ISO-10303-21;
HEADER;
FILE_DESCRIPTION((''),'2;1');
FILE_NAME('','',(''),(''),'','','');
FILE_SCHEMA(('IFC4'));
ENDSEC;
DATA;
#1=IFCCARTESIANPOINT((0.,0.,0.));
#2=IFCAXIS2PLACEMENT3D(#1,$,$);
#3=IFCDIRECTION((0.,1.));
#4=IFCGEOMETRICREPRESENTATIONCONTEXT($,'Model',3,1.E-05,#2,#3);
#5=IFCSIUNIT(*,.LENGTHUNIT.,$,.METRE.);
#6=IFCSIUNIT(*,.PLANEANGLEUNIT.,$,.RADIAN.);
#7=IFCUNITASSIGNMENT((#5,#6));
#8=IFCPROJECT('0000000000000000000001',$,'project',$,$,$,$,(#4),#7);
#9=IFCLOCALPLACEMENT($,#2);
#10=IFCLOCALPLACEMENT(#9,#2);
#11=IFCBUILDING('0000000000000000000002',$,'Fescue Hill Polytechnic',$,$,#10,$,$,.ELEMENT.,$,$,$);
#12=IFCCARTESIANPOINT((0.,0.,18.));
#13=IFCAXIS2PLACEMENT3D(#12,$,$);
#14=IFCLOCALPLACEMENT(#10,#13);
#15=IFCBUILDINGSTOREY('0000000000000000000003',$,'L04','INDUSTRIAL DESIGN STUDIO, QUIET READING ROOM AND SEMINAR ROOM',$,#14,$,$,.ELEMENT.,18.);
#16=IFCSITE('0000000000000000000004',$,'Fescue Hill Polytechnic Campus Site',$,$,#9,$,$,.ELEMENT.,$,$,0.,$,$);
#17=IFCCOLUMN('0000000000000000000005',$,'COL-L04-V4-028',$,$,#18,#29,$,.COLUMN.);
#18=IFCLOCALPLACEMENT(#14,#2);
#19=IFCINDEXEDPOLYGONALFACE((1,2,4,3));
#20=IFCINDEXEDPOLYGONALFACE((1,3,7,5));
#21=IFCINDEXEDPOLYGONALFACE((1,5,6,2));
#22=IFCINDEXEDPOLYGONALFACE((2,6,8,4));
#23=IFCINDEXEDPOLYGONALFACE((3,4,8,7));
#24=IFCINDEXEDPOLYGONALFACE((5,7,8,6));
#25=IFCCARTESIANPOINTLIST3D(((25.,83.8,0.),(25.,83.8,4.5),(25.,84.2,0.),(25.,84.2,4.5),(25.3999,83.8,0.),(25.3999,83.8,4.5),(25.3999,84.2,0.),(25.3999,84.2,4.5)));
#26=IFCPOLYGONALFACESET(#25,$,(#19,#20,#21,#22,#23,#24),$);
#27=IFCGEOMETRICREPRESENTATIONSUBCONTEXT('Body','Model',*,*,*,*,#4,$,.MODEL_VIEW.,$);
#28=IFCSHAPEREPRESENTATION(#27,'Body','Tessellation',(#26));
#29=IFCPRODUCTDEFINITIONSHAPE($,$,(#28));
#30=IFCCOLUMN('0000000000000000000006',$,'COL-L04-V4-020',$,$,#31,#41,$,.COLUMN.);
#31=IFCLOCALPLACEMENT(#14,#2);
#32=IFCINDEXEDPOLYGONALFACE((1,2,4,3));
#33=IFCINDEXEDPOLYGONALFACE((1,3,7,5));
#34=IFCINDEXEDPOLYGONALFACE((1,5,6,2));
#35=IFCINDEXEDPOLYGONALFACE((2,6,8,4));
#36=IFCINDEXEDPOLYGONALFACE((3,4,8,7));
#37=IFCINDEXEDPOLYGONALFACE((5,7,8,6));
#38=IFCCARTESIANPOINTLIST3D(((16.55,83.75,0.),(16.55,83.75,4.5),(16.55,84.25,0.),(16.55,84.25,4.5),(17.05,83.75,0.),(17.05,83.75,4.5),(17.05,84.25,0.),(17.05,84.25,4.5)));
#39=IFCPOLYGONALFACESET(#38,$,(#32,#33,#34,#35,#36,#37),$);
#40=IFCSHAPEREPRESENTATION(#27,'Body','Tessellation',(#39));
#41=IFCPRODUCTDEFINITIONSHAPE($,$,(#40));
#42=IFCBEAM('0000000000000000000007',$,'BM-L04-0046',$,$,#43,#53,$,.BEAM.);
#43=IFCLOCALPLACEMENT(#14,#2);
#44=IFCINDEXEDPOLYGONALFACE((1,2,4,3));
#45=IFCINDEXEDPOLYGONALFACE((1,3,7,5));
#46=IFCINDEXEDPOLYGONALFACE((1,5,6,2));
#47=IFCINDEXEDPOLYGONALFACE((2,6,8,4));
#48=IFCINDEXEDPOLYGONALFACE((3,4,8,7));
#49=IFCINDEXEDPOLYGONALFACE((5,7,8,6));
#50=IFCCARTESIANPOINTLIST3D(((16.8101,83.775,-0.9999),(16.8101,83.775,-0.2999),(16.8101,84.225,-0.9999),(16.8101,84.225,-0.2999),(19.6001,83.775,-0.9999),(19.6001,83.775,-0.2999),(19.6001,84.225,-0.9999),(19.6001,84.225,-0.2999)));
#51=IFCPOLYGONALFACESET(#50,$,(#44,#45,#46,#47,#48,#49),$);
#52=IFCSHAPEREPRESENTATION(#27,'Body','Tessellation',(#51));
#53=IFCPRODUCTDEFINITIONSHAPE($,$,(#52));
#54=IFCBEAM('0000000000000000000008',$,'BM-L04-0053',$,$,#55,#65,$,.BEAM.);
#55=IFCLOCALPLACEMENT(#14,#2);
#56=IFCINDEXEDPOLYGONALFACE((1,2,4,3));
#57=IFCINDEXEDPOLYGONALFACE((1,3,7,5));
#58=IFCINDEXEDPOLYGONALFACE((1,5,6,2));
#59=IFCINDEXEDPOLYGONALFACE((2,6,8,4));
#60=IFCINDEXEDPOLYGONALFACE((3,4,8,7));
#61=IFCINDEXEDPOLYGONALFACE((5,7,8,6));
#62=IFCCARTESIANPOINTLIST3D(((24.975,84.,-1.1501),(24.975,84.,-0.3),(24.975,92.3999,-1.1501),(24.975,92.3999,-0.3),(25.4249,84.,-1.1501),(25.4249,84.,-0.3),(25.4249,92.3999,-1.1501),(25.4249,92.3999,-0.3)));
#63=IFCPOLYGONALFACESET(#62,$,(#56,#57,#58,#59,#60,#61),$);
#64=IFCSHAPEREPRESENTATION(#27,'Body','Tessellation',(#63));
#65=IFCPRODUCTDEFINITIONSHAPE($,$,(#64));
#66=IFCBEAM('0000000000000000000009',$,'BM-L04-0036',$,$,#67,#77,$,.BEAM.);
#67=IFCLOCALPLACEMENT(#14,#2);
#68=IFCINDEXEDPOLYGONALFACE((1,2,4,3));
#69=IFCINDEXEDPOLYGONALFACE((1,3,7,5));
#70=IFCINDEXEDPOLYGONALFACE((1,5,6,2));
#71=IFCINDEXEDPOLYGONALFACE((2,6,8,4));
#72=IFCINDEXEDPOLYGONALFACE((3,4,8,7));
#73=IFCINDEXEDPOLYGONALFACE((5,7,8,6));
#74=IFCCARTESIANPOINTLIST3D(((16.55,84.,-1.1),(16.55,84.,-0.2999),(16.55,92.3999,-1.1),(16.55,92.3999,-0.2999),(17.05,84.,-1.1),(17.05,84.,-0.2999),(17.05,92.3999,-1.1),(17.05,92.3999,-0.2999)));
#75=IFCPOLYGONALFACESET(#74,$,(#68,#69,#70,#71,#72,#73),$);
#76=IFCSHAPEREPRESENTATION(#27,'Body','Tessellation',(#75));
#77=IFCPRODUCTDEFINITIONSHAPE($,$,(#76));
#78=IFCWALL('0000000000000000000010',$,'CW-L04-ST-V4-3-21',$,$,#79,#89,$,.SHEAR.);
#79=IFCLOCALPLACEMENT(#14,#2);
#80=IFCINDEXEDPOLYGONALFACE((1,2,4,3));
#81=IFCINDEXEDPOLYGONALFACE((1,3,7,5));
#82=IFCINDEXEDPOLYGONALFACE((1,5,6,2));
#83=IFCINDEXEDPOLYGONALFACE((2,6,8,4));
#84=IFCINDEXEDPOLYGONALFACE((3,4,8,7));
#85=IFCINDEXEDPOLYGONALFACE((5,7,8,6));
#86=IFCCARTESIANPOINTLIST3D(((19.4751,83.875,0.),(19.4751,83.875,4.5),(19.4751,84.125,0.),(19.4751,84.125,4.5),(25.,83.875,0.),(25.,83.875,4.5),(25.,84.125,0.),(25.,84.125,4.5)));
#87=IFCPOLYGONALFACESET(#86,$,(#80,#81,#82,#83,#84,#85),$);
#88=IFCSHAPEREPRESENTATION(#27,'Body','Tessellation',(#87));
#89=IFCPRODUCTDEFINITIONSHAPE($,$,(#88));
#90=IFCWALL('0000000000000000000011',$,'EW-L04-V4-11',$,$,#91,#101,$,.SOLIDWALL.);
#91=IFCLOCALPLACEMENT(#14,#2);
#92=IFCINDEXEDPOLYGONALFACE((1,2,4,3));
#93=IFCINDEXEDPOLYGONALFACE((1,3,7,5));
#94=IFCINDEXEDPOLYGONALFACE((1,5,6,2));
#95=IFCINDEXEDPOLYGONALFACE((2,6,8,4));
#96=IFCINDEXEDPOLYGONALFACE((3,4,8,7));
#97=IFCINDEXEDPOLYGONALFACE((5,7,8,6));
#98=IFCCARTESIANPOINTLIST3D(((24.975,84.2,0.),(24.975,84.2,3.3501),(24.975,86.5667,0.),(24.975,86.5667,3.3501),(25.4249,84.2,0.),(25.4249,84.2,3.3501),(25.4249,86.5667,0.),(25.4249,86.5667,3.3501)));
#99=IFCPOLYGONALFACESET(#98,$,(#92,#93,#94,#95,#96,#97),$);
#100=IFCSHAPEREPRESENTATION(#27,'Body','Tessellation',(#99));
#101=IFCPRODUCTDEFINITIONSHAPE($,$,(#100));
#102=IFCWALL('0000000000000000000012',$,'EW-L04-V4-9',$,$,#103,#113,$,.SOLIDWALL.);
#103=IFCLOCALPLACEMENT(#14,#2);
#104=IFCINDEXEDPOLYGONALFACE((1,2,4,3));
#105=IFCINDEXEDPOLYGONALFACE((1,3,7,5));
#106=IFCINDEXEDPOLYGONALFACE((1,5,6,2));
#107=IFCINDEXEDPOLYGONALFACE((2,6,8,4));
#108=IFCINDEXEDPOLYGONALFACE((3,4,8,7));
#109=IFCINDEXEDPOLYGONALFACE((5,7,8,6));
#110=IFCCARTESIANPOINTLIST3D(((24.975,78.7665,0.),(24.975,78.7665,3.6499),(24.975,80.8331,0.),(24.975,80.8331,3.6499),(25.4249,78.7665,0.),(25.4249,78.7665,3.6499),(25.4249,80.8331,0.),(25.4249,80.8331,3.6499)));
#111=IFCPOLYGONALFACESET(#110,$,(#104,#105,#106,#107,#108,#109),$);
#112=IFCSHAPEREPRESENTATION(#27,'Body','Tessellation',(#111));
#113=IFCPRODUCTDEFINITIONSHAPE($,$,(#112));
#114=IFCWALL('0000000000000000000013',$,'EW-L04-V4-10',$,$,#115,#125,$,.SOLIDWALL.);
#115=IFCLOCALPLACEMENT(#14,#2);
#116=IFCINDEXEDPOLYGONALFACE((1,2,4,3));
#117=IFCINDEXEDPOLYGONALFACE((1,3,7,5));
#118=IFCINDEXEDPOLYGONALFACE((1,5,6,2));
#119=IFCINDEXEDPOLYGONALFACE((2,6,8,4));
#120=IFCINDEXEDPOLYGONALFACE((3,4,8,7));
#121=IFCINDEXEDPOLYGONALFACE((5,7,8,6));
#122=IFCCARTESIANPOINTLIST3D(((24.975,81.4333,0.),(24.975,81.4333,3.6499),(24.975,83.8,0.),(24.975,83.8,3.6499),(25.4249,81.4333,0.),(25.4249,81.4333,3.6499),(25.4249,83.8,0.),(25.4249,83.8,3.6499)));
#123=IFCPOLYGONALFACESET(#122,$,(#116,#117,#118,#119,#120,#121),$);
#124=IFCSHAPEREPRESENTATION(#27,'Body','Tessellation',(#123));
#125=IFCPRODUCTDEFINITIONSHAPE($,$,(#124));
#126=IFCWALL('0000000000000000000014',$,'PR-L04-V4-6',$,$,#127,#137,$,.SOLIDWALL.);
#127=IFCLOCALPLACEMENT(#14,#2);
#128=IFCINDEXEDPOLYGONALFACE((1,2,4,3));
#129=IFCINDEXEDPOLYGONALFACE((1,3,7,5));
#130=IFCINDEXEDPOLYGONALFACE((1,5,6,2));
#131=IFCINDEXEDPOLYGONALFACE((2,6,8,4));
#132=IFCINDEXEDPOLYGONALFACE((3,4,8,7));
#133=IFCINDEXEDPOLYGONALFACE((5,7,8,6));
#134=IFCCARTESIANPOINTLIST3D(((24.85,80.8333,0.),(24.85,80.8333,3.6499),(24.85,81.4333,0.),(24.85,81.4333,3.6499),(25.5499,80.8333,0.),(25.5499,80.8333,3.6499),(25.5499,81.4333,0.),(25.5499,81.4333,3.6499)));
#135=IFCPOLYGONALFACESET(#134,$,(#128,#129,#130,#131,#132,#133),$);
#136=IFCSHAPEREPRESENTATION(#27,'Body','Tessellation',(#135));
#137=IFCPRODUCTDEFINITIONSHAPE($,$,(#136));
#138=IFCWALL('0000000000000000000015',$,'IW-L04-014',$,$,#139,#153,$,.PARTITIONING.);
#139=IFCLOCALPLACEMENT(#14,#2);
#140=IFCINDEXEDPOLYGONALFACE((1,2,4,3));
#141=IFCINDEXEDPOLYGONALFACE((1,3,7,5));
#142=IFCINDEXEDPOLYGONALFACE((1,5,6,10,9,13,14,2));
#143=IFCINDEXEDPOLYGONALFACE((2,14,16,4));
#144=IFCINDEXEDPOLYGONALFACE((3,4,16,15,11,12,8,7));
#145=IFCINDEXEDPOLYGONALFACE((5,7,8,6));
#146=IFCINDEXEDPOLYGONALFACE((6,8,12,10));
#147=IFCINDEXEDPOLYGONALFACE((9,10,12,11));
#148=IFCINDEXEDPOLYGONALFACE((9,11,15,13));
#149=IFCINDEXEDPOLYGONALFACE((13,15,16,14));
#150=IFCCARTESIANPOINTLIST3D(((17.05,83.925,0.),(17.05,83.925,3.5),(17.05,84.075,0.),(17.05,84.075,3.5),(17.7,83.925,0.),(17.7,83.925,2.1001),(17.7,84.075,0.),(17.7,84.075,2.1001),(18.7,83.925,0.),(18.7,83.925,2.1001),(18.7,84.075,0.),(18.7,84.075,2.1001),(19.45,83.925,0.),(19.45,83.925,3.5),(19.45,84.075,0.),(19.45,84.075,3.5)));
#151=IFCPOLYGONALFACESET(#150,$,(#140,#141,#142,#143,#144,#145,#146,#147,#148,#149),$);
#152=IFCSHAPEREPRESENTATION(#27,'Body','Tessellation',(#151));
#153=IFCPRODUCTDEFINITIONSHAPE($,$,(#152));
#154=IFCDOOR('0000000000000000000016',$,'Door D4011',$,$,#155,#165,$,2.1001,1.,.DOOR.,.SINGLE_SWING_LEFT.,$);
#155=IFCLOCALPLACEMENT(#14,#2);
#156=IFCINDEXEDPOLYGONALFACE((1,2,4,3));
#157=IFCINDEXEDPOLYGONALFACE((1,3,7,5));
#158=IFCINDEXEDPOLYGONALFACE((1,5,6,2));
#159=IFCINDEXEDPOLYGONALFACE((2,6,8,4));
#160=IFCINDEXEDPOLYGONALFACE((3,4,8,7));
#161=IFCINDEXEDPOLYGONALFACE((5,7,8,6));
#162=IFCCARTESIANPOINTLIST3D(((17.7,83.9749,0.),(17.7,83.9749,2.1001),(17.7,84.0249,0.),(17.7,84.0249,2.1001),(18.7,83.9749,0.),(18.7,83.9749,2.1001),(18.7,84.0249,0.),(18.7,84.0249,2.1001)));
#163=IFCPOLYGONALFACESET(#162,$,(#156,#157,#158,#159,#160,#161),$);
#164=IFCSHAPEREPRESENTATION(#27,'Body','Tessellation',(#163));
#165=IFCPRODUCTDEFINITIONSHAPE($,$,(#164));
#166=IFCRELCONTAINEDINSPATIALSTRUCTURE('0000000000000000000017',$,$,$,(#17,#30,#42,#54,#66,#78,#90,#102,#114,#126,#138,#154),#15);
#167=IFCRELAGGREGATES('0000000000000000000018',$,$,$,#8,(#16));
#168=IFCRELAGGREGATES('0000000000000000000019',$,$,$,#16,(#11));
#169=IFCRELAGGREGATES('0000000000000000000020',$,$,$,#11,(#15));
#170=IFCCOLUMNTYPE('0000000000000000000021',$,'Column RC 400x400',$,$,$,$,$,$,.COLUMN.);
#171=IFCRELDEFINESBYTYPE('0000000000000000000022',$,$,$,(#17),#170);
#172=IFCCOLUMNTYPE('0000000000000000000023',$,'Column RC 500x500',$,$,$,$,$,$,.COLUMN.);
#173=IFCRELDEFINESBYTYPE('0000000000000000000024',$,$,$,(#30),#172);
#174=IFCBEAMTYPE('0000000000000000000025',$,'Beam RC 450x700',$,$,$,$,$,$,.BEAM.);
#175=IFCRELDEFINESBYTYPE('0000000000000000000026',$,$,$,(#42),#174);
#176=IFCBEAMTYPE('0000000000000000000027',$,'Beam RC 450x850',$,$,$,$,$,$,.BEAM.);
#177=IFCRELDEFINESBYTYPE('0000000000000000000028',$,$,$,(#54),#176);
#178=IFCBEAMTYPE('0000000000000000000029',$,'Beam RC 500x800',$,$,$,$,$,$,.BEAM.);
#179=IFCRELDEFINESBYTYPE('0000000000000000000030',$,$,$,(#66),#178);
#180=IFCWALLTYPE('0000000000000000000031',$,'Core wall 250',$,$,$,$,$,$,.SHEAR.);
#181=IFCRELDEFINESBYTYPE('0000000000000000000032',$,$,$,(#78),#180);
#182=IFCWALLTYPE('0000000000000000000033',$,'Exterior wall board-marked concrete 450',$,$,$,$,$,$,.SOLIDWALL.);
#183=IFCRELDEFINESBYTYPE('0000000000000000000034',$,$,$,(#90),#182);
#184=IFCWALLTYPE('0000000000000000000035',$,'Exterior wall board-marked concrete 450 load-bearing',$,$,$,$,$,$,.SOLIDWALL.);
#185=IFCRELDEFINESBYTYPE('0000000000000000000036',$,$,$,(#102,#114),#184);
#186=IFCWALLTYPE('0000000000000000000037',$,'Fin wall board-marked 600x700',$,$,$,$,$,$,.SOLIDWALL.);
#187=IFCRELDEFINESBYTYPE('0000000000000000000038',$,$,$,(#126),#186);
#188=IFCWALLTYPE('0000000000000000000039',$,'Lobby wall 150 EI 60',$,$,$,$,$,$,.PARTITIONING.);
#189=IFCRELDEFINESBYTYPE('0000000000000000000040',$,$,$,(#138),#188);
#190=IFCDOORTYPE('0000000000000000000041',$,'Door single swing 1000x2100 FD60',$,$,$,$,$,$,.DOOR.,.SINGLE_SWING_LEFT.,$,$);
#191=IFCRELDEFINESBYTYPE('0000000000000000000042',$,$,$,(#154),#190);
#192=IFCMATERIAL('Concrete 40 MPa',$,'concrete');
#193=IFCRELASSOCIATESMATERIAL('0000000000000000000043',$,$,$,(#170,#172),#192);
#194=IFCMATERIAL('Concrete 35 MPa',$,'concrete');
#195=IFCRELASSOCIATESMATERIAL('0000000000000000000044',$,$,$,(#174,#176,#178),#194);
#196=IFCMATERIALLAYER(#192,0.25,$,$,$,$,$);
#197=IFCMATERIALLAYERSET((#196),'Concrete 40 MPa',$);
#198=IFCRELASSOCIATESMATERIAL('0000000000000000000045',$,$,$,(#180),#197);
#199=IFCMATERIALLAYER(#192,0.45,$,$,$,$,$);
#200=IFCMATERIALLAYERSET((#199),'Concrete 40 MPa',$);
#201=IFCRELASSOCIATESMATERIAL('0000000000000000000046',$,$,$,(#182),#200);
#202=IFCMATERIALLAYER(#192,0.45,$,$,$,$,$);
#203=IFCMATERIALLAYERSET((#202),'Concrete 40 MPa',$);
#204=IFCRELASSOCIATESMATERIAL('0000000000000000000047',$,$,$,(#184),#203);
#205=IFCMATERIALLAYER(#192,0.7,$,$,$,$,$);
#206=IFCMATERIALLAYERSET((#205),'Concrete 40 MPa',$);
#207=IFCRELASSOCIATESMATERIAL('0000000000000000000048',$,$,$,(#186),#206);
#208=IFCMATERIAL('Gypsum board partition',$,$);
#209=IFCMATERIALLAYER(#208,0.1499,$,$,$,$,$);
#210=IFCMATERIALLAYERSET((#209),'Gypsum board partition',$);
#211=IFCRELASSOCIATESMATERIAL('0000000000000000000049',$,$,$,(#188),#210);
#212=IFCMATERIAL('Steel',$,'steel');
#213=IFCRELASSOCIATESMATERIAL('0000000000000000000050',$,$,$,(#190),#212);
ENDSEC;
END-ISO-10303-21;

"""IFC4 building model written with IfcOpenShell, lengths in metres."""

from ifc_helpers import new_model, si_unit, direction, frame, frame_2d, origin, origin_2d, place, context, subcontext, project, spatial, rectangle, extrude, material, layer, layer_set, material_profile, profile_set, type_object, element, fill, save


model = new_model("IFC4")

# Units and contexts
model_context = context("Model", 3, precision=1e-05, world=origin(), true_north=direction((0.0, 1.0)))
body_context = subcontext(model_context, "Body", "Model", "MODEL_VIEW")
ifc_project = project(units=[si_unit("LENGTHUNIT", "METRE"), si_unit("PLANEANGLEUNIT", "RADIAN")], contexts=[model_context])

# Site, building, storey
site_placement = place(None, origin())
site = spatial("IfcSite", under=ifc_project, at=site_placement, Name="Fescue Hill Polytechnic Campus Site", CompositionType="ELEMENT", RefElevation=0.0)
building_placement = place(site_placement, origin())
building = spatial("IfcBuilding", under=site, at=building_placement, Name="Fescue Hill Polytechnic", CompositionType="ELEMENT")
storey_placement = place(building_placement, frame((0.0, 0.0, 18.0)))
storey = spatial("IfcBuildingStorey", under=building, at=storey_placement, Name="L04", Description="INDUSTRIAL DESIGN STUDIO, QUIET READING ROOM AND SEMINAR ROOM", CompositionType="ELEMENT", Elevation=18.0)

# Columns
ifc_material_1 = material(Name="Concrete 40 MPa", Category="concrete")
ifc_material_profile_1 = material_profile(ifc_material_1, rectangle(XDim=0.3999, YDim=0.3999, at=origin_2d()), Name="RC 400x400")
ifc_profile_set_1 = profile_set([ifc_material_profile_1], Name="Concrete 40 MPa")
column_type_1 = type_object("IfcColumnType", Name="Column RC 400x400", PredefinedType="COLUMN", material=ifc_profile_set_1)
column_1_placement = place(storey_placement, frame((25.2, 84.0, 0.0), z_axis=(0.0, 0.0, 1.0), x_axis=(1.0, 0.0, 0.0)))
element("IfcColumn", 1, at=column_1_placement, inside=storey, type_object=column_type_1, Name="COL-L04-V4-028", PredefinedType="COLUMN", context=body_context, shape_type="SweptSolid", body=[
    extrude(rectangle(XDim=0.3999, YDim=0.3999, at=origin_2d()), origin(), (0.0, 0.0, 1.0), 4.5),
])
ifc_material_profile_2 = material_profile(ifc_material_1, rectangle(XDim=0.5, YDim=0.5, at=origin_2d()), Name="RC 500x500")
ifc_profile_set_2 = profile_set([ifc_material_profile_2], Name="Concrete 40 MPa")
column_type_2 = type_object("IfcColumnType", Name="Column RC 500x500", PredefinedType="COLUMN", material=ifc_profile_set_2)
column_2_placement = place(storey_placement, frame((16.8, 84.0, 0.0), z_axis=(0.0, 0.0, 1.0), x_axis=(1.0, 0.0, 0.0)))
element("IfcColumn", 2, at=column_2_placement, inside=storey, type_object=column_type_2, Name="COL-L04-V4-020", PredefinedType="COLUMN", context=body_context, shape_type="SweptSolid", body=[
    extrude(rectangle(XDim=0.5, YDim=0.5, at=origin_2d()), origin(), (0.0, 0.0, 1.0), 4.5),
])

# Beams
ifc_material_2 = material(Name="Concrete 35 MPa", Category="concrete")
ifc_material_profile_3 = material_profile(ifc_material_2, rectangle(XDim=0.45, YDim=0.7, at=origin_2d()), Name="RC 450x700")
ifc_profile_set_3 = profile_set([ifc_material_profile_3], Name="Concrete 35 MPa")
beam_type_1 = type_object("IfcBeamType", Name="Beam RC 450x700", PredefinedType="BEAM", material=ifc_profile_set_3)
beam_1_placement = place(storey_placement, frame((16.8101, 84.0, -0.6499), z_axis=(1.0, 0.0, 0.0), x_axis=(0.0, 1.0, 0.0)))
element("IfcBeam", 3, at=beam_1_placement, inside=storey, type_object=beam_type_1, Name="BM-L04-0046", PredefinedType="BEAM", context=body_context, shape_type="SweptSolid", body=[
    extrude(rectangle(XDim=0.45, YDim=0.7, at=origin_2d()), origin(), (0.0, 0.0, 1.0), 2.79),
])
ifc_material_profile_4 = material_profile(ifc_material_2, rectangle(XDim=0.45, YDim=0.8501, at=origin_2d()), Name="RC 450x850")
ifc_profile_set_4 = profile_set([ifc_material_profile_4], Name="Concrete 35 MPa")
beam_type_2 = type_object("IfcBeamType", Name="Beam RC 450x850", PredefinedType="BEAM", material=ifc_profile_set_4)
beam_2_placement = place(storey_placement, frame((25.2, 84.0, -0.7251), z_axis=(0.0, 1.0, 0.0), x_axis=(-1.0, 0.0, 0.0)))
element("IfcBeam", 4, at=beam_2_placement, inside=storey, type_object=beam_type_2, Name="BM-L04-0053", PredefinedType="BEAM", context=body_context, shape_type="SweptSolid", body=[
    extrude(rectangle(XDim=0.45, YDim=0.8501, at=origin_2d()), origin(), (0.0, 0.0, 1.0), 8.3999),
])
ifc_material_profile_5 = material_profile(ifc_material_2, rectangle(XDim=0.5, YDim=0.8, at=origin_2d()), Name="RC 500x800")
ifc_profile_set_5 = profile_set([ifc_material_profile_5], Name="Concrete 35 MPa")
beam_type_3 = type_object("IfcBeamType", Name="Beam RC 500x800", PredefinedType="BEAM", material=ifc_profile_set_5)
beam_3_placement = place(storey_placement, frame((16.8, 84.0, -0.7), z_axis=(0.0, 1.0, 0.0), x_axis=(-1.0, 0.0, 0.0)))
element("IfcBeam", 5, at=beam_3_placement, inside=storey, type_object=beam_type_3, Name="BM-L04-0036", PredefinedType="BEAM", context=body_context, shape_type="SweptSolid", body=[
    extrude(rectangle(XDim=0.5, YDim=0.8, at=origin_2d()), origin(), (0.0, 0.0, 1.0), 8.3999),
])

# Walls
ifc_layer_1 = layer(ifc_material_1, 0.25)
ifc_layer_set_1 = layer_set([ifc_layer_1], Name="Concrete 40 MPa")
wall_type_1 = type_object("IfcWallType", Name="Core wall 250", PredefinedType="SHEAR", material=ifc_layer_set_1)
wall_1_placement = place(storey_placement, frame((19.4751, 84.0, 0.0), z_axis=(0.0, 0.0, 1.0), x_axis=(1.0, 0.0, 0.0)))
element("IfcWall", 6, at=wall_1_placement, inside=storey, type_object=wall_type_1, Name="CW-L04-ST-V4-3-21", PredefinedType="SHEAR", context=body_context, shape_type="SweptSolid", body=[
    extrude(rectangle(XDim=5.5249, YDim=0.25, at=frame_2d((2.7625, 0.0))), origin(), (0.0, 0.0, 1.0), 4.5),
])
ifc_layer_2 = layer(ifc_material_1, 0.45)
ifc_layer_set_2 = layer_set([ifc_layer_2], Name="Concrete 40 MPa")
wall_type_2 = type_object("IfcWallType", Name="Exterior wall board-marked concrete 450", PredefinedType="SOLIDWALL", material=ifc_layer_set_2)
wall_2_placement = place(storey_placement, frame((25.2, 84.2, 0.0), z_axis=(0.0, 0.0, 1.0), x_axis=(0.0, 1.0, 0.0)))
element("IfcWall", 7, at=wall_2_placement, inside=storey, type_object=wall_type_2, Name="EW-L04-V4-11", PredefinedType="SOLIDWALL", context=body_context, shape_type="SweptSolid", body=[
    extrude(rectangle(XDim=2.3667, YDim=0.45, at=frame_2d((1.1833, 0.0))), origin(), (0.0, 0.0, 1.0), 3.3501),
])
ifc_layer_3 = layer(ifc_material_1, 0.45)
ifc_layer_set_3 = layer_set([ifc_layer_3], Name="Concrete 40 MPa")
wall_type_3 = type_object("IfcWallType", Name="Exterior wall board-marked concrete 450 load-bearing", PredefinedType="SOLIDWALL", material=ifc_layer_set_3)
wall_3_placement = place(storey_placement, frame((25.2, 78.7666, 0.0), z_axis=(0.0, 0.0, 1.0), x_axis=(0.0, 1.0, 0.0)))
element("IfcWall", 8, at=wall_3_placement, inside=storey, type_object=wall_type_3, Name="EW-L04-V4-9", PredefinedType="SOLIDWALL", context=body_context, shape_type="SweptSolid", body=[
    extrude(rectangle(XDim=2.0667, YDim=0.45, at=frame_2d((1.0332, 0.0))), origin(), (0.0, 0.0, 1.0), 3.6499),
])
wall_4_placement = place(storey_placement, frame((25.2, 81.4333, 0.0), z_axis=(0.0, 0.0, 1.0), x_axis=(0.0, 1.0, 0.0)))
element("IfcWall", 9, at=wall_4_placement, inside=storey, type_object=wall_type_3, Name="EW-L04-V4-10", PredefinedType="SOLIDWALL", context=body_context, shape_type="SweptSolid", body=[
    extrude(rectangle(XDim=2.3667, YDim=0.45, at=frame_2d((1.1833, 0.0))), origin(), (0.0, 0.0, 1.0), 3.6499),
])
ifc_layer_4 = layer(ifc_material_1, 0.7)
ifc_layer_set_4 = layer_set([ifc_layer_4], Name="Concrete 40 MPa")
wall_type_4 = type_object("IfcWallType", Name="Fin wall board-marked 600x700", PredefinedType="SOLIDWALL", material=ifc_layer_set_4)
wall_5_placement = place(storey_placement, frame((25.2, 80.8333, 0.0), z_axis=(0.0, 0.0, 1.0), x_axis=(0.0, 1.0, 0.0)))
element("IfcWall", 10, at=wall_5_placement, inside=storey, type_object=wall_type_4, Name="PR-L04-V4-6", PredefinedType="SOLIDWALL", context=body_context, shape_type="SweptSolid", body=[
    extrude(rectangle(XDim=0.6001, YDim=0.7, at=frame_2d((0.3, 0.0))), origin(), (0.0, 0.0, 1.0), 3.6499),
])

# Wall, opening, door
ifc_material_3 = material(Name="Gypsum board partition")
ifc_layer_5 = layer(ifc_material_3, 0.1499)
ifc_layer_set_5 = layer_set([ifc_layer_5], Name="Gypsum board partition")
wall_type_5 = type_object("IfcWallType", Name="Lobby wall 150 EI 60", PredefinedType="PARTITIONING", material=ifc_layer_set_5)
wall_6_placement = place(storey_placement, frame((17.05, 84.0, 0.0), z_axis=(0.0, 0.0, 1.0), x_axis=(1.0, 0.0, 0.0)))
wall_6 = element("IfcWall", 11, at=wall_6_placement, inside=storey, type_object=wall_type_5, Name="IW-L04-014", PredefinedType="PARTITIONING", context=body_context, shape_type="SweptSolid", body=[
    extrude(rectangle(XDim=2.3999, YDim=0.1499, at=frame_2d((1.2, 0.0))), origin(), (0.0, 0.0, 1.0), 3.5),
])
opening_placement = place(wall_6_placement, frame((0.6499, 0.0, 0.0)))
opening = element("IfcOpeningElement", 12, at=opening_placement, cuts=wall_6, PredefinedType="OPENING", context=body_context, shape_type="SweptSolid", body=[
    extrude(rectangle(XDim=1.0, YDim=2.1001, at=frame_2d((0.5, 1.05))), frame((0.0, 0.085, 0.0), z_axis=(0.0, -1.0, 0.0), x_axis=(1.0, 0.0, 0.0)), (0.0, 0.0, 1.0), 0.1699),
])
ifc_material_4 = material(Name="Steel", Category="steel")
door_type = type_object("IfcDoorType", Name="Door single swing 1000x2100 FD60", OperationType="SINGLE_SWING_LEFT", PredefinedType="DOOR", material=ifc_material_4)
door_placement = place(opening_placement, origin())
door = element("IfcDoor", 13, at=door_placement, inside=storey, type_object=door_type, Name="Door D4011", OperationType="SINGLE_SWING_LEFT", OverallHeight=2.1001, OverallWidth=1.0, PredefinedType="DOOR", context=body_context, shape_type="SweptSolid", body=[
    extrude(rectangle(XDim=1.0, YDim=2.1001, at=frame_2d((0.5, 1.05))), frame((0.0, 0.0249, 0.0), z_axis=(0.0, -1.0, 0.0), x_axis=(1.0, 0.0, 0.0)), (0.0, 0.0, 1.0), 0.05),
])
fill(opening, door)

save(model, "model.ifc")
